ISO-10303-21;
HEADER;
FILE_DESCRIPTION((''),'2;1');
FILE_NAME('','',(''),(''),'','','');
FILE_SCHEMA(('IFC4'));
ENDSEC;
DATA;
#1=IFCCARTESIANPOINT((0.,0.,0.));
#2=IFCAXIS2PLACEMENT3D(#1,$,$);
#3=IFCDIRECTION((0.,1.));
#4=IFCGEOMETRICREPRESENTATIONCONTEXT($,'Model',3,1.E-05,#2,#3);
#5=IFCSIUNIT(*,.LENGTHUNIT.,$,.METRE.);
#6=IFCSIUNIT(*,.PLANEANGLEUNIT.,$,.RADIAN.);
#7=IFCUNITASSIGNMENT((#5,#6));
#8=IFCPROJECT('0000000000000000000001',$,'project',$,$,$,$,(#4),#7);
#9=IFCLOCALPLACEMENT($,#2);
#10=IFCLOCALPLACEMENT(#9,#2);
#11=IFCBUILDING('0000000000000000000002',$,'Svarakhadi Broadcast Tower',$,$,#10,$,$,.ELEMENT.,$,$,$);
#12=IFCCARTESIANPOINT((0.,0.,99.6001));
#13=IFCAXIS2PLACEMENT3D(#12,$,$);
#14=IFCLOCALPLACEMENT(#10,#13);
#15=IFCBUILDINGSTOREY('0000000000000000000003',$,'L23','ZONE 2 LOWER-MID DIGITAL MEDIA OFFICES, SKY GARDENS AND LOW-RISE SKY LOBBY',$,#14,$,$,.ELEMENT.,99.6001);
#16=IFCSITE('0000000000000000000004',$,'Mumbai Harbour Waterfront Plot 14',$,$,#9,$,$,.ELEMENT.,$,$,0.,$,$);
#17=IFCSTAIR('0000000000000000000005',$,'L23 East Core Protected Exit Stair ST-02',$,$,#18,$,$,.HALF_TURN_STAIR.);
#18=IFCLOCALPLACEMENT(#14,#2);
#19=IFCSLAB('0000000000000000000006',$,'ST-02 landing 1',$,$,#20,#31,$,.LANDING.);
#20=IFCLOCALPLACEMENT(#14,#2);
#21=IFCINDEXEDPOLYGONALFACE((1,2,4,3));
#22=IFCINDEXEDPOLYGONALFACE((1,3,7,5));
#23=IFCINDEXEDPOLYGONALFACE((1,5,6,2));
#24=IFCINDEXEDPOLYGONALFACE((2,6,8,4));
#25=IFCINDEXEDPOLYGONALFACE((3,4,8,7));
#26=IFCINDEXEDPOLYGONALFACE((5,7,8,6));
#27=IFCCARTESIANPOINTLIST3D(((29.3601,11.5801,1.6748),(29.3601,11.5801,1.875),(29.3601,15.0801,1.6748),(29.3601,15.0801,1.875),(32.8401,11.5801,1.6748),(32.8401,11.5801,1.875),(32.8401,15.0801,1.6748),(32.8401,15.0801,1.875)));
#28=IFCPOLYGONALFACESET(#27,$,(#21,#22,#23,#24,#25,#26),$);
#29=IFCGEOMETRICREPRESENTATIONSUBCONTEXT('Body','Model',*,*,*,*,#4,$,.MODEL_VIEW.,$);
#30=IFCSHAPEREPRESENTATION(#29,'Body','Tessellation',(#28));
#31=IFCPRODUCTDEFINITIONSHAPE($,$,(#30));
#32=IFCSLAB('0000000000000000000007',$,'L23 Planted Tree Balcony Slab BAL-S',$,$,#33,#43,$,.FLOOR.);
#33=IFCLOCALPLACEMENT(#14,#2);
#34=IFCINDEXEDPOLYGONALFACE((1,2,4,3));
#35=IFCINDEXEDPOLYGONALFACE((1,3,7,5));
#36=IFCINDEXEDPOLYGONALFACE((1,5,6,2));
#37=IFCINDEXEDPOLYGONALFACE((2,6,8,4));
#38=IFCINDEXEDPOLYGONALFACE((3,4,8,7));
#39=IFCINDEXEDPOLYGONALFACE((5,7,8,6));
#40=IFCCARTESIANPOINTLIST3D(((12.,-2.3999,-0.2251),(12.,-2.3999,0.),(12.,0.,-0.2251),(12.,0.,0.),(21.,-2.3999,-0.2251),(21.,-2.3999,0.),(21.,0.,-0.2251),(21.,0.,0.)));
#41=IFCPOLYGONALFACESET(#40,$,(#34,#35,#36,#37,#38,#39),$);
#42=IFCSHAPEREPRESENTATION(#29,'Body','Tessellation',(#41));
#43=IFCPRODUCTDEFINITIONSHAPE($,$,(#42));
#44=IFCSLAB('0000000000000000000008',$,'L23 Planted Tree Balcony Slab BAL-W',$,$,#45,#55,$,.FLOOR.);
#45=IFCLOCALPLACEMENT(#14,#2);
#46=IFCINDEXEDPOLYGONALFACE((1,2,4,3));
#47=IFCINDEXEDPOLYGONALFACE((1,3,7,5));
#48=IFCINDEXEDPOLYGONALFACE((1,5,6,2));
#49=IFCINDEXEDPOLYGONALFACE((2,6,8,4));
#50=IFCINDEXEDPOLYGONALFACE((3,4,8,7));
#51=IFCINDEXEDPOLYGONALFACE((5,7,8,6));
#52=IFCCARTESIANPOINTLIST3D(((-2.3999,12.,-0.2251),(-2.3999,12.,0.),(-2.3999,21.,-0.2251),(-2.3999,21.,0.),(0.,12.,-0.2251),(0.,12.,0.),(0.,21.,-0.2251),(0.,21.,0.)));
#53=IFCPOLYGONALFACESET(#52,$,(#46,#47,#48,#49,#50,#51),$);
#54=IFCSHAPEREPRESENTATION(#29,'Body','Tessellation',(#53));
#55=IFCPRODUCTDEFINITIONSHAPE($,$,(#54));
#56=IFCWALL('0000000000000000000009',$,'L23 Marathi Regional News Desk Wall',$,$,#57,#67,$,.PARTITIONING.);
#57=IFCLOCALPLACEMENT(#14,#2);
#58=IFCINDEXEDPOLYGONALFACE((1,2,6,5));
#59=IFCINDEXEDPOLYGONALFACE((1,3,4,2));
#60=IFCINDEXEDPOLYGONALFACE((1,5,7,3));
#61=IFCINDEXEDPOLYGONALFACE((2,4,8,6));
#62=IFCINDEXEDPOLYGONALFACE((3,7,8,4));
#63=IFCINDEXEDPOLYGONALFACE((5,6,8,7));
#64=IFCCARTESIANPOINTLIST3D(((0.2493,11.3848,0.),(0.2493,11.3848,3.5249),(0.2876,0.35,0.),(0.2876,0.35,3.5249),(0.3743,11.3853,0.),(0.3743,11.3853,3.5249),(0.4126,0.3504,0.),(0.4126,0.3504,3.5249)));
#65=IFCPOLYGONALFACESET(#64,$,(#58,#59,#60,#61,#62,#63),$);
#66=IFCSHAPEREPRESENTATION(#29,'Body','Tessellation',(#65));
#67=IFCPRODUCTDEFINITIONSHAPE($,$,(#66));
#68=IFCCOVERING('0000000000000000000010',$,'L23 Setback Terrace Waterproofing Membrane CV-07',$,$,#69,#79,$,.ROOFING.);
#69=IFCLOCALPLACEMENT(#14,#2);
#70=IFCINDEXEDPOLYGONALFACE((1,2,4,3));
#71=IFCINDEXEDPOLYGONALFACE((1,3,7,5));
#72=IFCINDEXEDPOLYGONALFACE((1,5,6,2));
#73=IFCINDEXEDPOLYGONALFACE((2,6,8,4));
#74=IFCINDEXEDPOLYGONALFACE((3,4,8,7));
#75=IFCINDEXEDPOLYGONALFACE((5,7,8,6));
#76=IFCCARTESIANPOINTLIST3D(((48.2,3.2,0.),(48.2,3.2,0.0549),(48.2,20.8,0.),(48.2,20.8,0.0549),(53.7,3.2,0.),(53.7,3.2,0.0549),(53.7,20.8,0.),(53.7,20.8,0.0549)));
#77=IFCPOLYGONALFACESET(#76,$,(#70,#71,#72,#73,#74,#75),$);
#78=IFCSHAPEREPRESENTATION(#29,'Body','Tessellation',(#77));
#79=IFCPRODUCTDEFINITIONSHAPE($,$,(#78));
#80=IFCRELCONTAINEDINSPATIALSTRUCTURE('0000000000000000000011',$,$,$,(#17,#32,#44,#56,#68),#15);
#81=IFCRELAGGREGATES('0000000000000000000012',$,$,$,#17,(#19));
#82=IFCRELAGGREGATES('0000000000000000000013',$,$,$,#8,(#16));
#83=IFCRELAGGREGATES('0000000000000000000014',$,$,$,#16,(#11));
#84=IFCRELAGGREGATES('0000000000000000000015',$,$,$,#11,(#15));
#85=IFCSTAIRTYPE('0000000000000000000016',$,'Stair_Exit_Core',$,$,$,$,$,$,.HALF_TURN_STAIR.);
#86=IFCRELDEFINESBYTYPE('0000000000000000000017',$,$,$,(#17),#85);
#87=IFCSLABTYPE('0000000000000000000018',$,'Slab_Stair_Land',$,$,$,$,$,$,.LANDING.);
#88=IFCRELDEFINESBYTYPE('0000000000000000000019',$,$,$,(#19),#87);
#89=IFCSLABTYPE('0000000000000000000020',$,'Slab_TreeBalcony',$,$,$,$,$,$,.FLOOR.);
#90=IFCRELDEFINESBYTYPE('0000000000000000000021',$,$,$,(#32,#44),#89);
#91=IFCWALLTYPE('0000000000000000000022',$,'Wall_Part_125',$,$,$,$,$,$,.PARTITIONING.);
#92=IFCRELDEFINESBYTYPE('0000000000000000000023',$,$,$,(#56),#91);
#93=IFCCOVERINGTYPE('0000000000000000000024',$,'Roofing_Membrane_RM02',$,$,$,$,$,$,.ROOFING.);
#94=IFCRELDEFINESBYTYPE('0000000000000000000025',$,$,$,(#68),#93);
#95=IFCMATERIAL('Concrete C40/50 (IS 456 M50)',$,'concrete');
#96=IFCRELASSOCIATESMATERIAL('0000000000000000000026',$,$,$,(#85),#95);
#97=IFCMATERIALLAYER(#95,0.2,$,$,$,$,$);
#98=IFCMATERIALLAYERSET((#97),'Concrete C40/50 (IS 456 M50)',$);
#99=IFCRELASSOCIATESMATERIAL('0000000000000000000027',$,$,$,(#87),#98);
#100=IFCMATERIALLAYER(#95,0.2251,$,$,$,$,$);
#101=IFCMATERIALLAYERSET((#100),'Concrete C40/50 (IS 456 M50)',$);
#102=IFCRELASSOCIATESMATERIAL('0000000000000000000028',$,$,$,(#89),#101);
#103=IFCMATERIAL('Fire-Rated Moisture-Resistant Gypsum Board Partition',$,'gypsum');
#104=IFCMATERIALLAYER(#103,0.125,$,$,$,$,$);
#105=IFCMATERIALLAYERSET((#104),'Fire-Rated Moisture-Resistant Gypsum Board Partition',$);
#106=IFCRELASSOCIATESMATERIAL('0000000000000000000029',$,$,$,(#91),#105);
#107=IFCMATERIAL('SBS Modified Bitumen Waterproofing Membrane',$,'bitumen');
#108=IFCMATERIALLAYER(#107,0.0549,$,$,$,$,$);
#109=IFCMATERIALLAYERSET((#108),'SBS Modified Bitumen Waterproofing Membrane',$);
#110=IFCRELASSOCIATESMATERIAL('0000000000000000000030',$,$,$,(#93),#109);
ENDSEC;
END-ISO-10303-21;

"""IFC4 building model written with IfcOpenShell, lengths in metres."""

from ifc_helpers import new_model, si_unit, direction, frame, frame_2d, origin, place, context, subcontext, project, spatial, polyline, rectangle, outline, extrude, material, layer, layer_set, type_object, element, aggregate, save


model = new_model("IFC4")

# Units and contexts
model_context = context("Model", 3, precision=1e-05, world=origin(), true_north=direction((0.0, 1.0)))
body_context = subcontext(model_context, "Body", "Model", "MODEL_VIEW")
ifc_project = project(units=[si_unit("LENGTHUNIT", "METRE"), si_unit("PLANEANGLEUNIT", "RADIAN")], contexts=[model_context])

# Site, building, storey
site_placement = place(None, origin())
site = spatial("IfcSite", under=ifc_project, at=site_placement, Name="Mumbai Harbour Waterfront Plot 14", CompositionType="ELEMENT", RefElevation=0.0)
building_placement = place(site_placement, origin())
building = spatial("IfcBuilding", under=site, at=building_placement, Name="Svarakhadi Broadcast Tower", CompositionType="ELEMENT")
storey_placement = place(building_placement, frame((0.0, 0.0, 99.6001)))
storey = spatial("IfcBuildingStorey", under=building, at=storey_placement, Name="L23", Description="ZONE 2 LOWER-MID DIGITAL MEDIA OFFICES, SKY GARDENS AND LOW-RISE SKY LOBBY", CompositionType="ELEMENT", Elevation=99.6001)

# Shared definitions
ifc_material_1 = material(Name="Concrete C40/50 (IS 456 M50)", Category="concrete")

# Stair, slab
stair_type = type_object("IfcStairType", Name="Stair_Exit_Core", PredefinedType="HALF_TURN_STAIR", material=ifc_material_1)
ifc_layer_1 = layer(ifc_material_1, 0.2)
ifc_layer_set_1 = layer_set([ifc_layer_1], Name="Concrete C40/50 (IS 456 M50)")
slab_type_1 = type_object("IfcSlabType", Name="Slab_Stair_Land", PredefinedType="LANDING", material=ifc_layer_set_1)
stair_1_placement = place(storey_placement, origin())
stair_1 = element("IfcStair", 1, at=stair_1_placement, inside=storey, type_object=stair_type, Name="L23 East Core Protected Exit Stair ST-02", PredefinedType="HALF_TURN_STAIR")
slab_1_placement = place(storey_placement, frame((0.0, 0.0, 1.6748)))
slab_1 = element("IfcSlab", 2, at=slab_1_placement, type_object=slab_type_1, Name="ST-02 landing 1", PredefinedType="LANDING", context=body_context, shape_type="SweptSolid", body=[
    extrude(outline(polyline([(32.8401, 11.5801), (32.8401, 15.0801), (29.3601, 15.0801), (29.3601, 11.5801), (32.8401, 11.5801)])), origin(), (0.0, 0.0, 1.0), 0.2002),
])
aggregate(stair_1, [slab_1])

# Slabs
ifc_layer_2 = layer(ifc_material_1, 0.2251)
ifc_layer_set_2 = layer_set([ifc_layer_2], Name="Concrete C40/50 (IS 456 M50)")
slab_type_2 = type_object("IfcSlabType", Name="Slab_TreeBalcony", PredefinedType="FLOOR", material=ifc_layer_set_2)
slab_2_placement = place(storey_placement, frame((0.0, 0.0, -0.2251)))
element("IfcSlab", 3, at=slab_2_placement, inside=storey, type_object=slab_type_2, Name="L23 Planted Tree Balcony Slab BAL-S", PredefinedType="FLOOR", context=body_context, shape_type="SweptSolid", body=[
    extrude(outline(polyline([(12.0, -2.3999), (21.0, -2.3999), (21.0, 0.0), (12.0, 0.0), (12.0, -2.3999)])), origin(), (0.0, 0.0, 1.0), 0.2251),
])
slab_3_placement = place(storey_placement, frame((0.0, 0.0, -0.2251)))
element("IfcSlab", 4, at=slab_3_placement, inside=storey, type_object=slab_type_2, Name="L23 Planted Tree Balcony Slab BAL-W", PredefinedType="FLOOR", context=body_context, shape_type="SweptSolid", body=[
    extrude(outline(polyline([(-2.3999, 12.0), (0.0, 12.0), (0.0, 21.0), (-2.3999, 21.0), (-2.3999, 12.0)])), origin(), (0.0, 0.0, 1.0), 0.2251),
])

# Wall
ifc_material_2 = material(Name="Fire-Rated Moisture-Resistant Gypsum Board Partition", Category="gypsum")
ifc_layer_3 = layer(ifc_material_2, 0.125)
ifc_layer_set_3 = layer_set([ifc_layer_3], Name="Fire-Rated Moisture-Resistant Gypsum Board Partition")
wall_type = type_object("IfcWallType", Name="Wall_Part_125", PredefinedType="PARTITIONING", material=ifc_layer_set_3)
wall_placement = place(storey_placement, frame((0.3501, 0.3501, 0.0), z_axis=(0.0, 0.0, 1.0), x_axis=(-0.003474, 0.999994, 0.0)))
element("IfcWall", 5, at=wall_placement, inside=storey, type_object=wall_type, Name="L23 Marathi Regional News Desk Wall", PredefinedType="PARTITIONING", context=body_context, shape_type="SweptSolid", body=[
    extrude(rectangle(XDim=11.0349, YDim=0.125, at=frame_2d((5.5176, 0.0))), origin(), (0.0, 0.0, 1.0), 3.5249),
])

# Covering
ifc_material_3 = material(Name="SBS Modified Bitumen Waterproofing Membrane", Category="bitumen")
ifc_layer_4 = layer(ifc_material_3, 0.0549)
ifc_layer_set_4 = layer_set([ifc_layer_4], Name="SBS Modified Bitumen Waterproofing Membrane")
covering_type = type_object("IfcCoveringType", Name="Roofing_Membrane_RM02", PredefinedType="ROOFING", material=ifc_layer_set_4)
covering_placement = place(storey_placement, origin())
element("IfcCovering", 6, at=covering_placement, inside=storey, type_object=covering_type, Name="L23 Setback Terrace Waterproofing Membrane CV-07", PredefinedType="ROOFING", context=body_context, shape_type="SweptSolid", body=[
    extrude(outline(polyline([(48.2, 3.2), (53.7, 3.2), (53.7, 20.8), (48.2, 20.8), (48.2, 3.2)])), origin(), (0.0, 0.0, 1.0), 0.0549),
])

save(model, "model.ifc")
